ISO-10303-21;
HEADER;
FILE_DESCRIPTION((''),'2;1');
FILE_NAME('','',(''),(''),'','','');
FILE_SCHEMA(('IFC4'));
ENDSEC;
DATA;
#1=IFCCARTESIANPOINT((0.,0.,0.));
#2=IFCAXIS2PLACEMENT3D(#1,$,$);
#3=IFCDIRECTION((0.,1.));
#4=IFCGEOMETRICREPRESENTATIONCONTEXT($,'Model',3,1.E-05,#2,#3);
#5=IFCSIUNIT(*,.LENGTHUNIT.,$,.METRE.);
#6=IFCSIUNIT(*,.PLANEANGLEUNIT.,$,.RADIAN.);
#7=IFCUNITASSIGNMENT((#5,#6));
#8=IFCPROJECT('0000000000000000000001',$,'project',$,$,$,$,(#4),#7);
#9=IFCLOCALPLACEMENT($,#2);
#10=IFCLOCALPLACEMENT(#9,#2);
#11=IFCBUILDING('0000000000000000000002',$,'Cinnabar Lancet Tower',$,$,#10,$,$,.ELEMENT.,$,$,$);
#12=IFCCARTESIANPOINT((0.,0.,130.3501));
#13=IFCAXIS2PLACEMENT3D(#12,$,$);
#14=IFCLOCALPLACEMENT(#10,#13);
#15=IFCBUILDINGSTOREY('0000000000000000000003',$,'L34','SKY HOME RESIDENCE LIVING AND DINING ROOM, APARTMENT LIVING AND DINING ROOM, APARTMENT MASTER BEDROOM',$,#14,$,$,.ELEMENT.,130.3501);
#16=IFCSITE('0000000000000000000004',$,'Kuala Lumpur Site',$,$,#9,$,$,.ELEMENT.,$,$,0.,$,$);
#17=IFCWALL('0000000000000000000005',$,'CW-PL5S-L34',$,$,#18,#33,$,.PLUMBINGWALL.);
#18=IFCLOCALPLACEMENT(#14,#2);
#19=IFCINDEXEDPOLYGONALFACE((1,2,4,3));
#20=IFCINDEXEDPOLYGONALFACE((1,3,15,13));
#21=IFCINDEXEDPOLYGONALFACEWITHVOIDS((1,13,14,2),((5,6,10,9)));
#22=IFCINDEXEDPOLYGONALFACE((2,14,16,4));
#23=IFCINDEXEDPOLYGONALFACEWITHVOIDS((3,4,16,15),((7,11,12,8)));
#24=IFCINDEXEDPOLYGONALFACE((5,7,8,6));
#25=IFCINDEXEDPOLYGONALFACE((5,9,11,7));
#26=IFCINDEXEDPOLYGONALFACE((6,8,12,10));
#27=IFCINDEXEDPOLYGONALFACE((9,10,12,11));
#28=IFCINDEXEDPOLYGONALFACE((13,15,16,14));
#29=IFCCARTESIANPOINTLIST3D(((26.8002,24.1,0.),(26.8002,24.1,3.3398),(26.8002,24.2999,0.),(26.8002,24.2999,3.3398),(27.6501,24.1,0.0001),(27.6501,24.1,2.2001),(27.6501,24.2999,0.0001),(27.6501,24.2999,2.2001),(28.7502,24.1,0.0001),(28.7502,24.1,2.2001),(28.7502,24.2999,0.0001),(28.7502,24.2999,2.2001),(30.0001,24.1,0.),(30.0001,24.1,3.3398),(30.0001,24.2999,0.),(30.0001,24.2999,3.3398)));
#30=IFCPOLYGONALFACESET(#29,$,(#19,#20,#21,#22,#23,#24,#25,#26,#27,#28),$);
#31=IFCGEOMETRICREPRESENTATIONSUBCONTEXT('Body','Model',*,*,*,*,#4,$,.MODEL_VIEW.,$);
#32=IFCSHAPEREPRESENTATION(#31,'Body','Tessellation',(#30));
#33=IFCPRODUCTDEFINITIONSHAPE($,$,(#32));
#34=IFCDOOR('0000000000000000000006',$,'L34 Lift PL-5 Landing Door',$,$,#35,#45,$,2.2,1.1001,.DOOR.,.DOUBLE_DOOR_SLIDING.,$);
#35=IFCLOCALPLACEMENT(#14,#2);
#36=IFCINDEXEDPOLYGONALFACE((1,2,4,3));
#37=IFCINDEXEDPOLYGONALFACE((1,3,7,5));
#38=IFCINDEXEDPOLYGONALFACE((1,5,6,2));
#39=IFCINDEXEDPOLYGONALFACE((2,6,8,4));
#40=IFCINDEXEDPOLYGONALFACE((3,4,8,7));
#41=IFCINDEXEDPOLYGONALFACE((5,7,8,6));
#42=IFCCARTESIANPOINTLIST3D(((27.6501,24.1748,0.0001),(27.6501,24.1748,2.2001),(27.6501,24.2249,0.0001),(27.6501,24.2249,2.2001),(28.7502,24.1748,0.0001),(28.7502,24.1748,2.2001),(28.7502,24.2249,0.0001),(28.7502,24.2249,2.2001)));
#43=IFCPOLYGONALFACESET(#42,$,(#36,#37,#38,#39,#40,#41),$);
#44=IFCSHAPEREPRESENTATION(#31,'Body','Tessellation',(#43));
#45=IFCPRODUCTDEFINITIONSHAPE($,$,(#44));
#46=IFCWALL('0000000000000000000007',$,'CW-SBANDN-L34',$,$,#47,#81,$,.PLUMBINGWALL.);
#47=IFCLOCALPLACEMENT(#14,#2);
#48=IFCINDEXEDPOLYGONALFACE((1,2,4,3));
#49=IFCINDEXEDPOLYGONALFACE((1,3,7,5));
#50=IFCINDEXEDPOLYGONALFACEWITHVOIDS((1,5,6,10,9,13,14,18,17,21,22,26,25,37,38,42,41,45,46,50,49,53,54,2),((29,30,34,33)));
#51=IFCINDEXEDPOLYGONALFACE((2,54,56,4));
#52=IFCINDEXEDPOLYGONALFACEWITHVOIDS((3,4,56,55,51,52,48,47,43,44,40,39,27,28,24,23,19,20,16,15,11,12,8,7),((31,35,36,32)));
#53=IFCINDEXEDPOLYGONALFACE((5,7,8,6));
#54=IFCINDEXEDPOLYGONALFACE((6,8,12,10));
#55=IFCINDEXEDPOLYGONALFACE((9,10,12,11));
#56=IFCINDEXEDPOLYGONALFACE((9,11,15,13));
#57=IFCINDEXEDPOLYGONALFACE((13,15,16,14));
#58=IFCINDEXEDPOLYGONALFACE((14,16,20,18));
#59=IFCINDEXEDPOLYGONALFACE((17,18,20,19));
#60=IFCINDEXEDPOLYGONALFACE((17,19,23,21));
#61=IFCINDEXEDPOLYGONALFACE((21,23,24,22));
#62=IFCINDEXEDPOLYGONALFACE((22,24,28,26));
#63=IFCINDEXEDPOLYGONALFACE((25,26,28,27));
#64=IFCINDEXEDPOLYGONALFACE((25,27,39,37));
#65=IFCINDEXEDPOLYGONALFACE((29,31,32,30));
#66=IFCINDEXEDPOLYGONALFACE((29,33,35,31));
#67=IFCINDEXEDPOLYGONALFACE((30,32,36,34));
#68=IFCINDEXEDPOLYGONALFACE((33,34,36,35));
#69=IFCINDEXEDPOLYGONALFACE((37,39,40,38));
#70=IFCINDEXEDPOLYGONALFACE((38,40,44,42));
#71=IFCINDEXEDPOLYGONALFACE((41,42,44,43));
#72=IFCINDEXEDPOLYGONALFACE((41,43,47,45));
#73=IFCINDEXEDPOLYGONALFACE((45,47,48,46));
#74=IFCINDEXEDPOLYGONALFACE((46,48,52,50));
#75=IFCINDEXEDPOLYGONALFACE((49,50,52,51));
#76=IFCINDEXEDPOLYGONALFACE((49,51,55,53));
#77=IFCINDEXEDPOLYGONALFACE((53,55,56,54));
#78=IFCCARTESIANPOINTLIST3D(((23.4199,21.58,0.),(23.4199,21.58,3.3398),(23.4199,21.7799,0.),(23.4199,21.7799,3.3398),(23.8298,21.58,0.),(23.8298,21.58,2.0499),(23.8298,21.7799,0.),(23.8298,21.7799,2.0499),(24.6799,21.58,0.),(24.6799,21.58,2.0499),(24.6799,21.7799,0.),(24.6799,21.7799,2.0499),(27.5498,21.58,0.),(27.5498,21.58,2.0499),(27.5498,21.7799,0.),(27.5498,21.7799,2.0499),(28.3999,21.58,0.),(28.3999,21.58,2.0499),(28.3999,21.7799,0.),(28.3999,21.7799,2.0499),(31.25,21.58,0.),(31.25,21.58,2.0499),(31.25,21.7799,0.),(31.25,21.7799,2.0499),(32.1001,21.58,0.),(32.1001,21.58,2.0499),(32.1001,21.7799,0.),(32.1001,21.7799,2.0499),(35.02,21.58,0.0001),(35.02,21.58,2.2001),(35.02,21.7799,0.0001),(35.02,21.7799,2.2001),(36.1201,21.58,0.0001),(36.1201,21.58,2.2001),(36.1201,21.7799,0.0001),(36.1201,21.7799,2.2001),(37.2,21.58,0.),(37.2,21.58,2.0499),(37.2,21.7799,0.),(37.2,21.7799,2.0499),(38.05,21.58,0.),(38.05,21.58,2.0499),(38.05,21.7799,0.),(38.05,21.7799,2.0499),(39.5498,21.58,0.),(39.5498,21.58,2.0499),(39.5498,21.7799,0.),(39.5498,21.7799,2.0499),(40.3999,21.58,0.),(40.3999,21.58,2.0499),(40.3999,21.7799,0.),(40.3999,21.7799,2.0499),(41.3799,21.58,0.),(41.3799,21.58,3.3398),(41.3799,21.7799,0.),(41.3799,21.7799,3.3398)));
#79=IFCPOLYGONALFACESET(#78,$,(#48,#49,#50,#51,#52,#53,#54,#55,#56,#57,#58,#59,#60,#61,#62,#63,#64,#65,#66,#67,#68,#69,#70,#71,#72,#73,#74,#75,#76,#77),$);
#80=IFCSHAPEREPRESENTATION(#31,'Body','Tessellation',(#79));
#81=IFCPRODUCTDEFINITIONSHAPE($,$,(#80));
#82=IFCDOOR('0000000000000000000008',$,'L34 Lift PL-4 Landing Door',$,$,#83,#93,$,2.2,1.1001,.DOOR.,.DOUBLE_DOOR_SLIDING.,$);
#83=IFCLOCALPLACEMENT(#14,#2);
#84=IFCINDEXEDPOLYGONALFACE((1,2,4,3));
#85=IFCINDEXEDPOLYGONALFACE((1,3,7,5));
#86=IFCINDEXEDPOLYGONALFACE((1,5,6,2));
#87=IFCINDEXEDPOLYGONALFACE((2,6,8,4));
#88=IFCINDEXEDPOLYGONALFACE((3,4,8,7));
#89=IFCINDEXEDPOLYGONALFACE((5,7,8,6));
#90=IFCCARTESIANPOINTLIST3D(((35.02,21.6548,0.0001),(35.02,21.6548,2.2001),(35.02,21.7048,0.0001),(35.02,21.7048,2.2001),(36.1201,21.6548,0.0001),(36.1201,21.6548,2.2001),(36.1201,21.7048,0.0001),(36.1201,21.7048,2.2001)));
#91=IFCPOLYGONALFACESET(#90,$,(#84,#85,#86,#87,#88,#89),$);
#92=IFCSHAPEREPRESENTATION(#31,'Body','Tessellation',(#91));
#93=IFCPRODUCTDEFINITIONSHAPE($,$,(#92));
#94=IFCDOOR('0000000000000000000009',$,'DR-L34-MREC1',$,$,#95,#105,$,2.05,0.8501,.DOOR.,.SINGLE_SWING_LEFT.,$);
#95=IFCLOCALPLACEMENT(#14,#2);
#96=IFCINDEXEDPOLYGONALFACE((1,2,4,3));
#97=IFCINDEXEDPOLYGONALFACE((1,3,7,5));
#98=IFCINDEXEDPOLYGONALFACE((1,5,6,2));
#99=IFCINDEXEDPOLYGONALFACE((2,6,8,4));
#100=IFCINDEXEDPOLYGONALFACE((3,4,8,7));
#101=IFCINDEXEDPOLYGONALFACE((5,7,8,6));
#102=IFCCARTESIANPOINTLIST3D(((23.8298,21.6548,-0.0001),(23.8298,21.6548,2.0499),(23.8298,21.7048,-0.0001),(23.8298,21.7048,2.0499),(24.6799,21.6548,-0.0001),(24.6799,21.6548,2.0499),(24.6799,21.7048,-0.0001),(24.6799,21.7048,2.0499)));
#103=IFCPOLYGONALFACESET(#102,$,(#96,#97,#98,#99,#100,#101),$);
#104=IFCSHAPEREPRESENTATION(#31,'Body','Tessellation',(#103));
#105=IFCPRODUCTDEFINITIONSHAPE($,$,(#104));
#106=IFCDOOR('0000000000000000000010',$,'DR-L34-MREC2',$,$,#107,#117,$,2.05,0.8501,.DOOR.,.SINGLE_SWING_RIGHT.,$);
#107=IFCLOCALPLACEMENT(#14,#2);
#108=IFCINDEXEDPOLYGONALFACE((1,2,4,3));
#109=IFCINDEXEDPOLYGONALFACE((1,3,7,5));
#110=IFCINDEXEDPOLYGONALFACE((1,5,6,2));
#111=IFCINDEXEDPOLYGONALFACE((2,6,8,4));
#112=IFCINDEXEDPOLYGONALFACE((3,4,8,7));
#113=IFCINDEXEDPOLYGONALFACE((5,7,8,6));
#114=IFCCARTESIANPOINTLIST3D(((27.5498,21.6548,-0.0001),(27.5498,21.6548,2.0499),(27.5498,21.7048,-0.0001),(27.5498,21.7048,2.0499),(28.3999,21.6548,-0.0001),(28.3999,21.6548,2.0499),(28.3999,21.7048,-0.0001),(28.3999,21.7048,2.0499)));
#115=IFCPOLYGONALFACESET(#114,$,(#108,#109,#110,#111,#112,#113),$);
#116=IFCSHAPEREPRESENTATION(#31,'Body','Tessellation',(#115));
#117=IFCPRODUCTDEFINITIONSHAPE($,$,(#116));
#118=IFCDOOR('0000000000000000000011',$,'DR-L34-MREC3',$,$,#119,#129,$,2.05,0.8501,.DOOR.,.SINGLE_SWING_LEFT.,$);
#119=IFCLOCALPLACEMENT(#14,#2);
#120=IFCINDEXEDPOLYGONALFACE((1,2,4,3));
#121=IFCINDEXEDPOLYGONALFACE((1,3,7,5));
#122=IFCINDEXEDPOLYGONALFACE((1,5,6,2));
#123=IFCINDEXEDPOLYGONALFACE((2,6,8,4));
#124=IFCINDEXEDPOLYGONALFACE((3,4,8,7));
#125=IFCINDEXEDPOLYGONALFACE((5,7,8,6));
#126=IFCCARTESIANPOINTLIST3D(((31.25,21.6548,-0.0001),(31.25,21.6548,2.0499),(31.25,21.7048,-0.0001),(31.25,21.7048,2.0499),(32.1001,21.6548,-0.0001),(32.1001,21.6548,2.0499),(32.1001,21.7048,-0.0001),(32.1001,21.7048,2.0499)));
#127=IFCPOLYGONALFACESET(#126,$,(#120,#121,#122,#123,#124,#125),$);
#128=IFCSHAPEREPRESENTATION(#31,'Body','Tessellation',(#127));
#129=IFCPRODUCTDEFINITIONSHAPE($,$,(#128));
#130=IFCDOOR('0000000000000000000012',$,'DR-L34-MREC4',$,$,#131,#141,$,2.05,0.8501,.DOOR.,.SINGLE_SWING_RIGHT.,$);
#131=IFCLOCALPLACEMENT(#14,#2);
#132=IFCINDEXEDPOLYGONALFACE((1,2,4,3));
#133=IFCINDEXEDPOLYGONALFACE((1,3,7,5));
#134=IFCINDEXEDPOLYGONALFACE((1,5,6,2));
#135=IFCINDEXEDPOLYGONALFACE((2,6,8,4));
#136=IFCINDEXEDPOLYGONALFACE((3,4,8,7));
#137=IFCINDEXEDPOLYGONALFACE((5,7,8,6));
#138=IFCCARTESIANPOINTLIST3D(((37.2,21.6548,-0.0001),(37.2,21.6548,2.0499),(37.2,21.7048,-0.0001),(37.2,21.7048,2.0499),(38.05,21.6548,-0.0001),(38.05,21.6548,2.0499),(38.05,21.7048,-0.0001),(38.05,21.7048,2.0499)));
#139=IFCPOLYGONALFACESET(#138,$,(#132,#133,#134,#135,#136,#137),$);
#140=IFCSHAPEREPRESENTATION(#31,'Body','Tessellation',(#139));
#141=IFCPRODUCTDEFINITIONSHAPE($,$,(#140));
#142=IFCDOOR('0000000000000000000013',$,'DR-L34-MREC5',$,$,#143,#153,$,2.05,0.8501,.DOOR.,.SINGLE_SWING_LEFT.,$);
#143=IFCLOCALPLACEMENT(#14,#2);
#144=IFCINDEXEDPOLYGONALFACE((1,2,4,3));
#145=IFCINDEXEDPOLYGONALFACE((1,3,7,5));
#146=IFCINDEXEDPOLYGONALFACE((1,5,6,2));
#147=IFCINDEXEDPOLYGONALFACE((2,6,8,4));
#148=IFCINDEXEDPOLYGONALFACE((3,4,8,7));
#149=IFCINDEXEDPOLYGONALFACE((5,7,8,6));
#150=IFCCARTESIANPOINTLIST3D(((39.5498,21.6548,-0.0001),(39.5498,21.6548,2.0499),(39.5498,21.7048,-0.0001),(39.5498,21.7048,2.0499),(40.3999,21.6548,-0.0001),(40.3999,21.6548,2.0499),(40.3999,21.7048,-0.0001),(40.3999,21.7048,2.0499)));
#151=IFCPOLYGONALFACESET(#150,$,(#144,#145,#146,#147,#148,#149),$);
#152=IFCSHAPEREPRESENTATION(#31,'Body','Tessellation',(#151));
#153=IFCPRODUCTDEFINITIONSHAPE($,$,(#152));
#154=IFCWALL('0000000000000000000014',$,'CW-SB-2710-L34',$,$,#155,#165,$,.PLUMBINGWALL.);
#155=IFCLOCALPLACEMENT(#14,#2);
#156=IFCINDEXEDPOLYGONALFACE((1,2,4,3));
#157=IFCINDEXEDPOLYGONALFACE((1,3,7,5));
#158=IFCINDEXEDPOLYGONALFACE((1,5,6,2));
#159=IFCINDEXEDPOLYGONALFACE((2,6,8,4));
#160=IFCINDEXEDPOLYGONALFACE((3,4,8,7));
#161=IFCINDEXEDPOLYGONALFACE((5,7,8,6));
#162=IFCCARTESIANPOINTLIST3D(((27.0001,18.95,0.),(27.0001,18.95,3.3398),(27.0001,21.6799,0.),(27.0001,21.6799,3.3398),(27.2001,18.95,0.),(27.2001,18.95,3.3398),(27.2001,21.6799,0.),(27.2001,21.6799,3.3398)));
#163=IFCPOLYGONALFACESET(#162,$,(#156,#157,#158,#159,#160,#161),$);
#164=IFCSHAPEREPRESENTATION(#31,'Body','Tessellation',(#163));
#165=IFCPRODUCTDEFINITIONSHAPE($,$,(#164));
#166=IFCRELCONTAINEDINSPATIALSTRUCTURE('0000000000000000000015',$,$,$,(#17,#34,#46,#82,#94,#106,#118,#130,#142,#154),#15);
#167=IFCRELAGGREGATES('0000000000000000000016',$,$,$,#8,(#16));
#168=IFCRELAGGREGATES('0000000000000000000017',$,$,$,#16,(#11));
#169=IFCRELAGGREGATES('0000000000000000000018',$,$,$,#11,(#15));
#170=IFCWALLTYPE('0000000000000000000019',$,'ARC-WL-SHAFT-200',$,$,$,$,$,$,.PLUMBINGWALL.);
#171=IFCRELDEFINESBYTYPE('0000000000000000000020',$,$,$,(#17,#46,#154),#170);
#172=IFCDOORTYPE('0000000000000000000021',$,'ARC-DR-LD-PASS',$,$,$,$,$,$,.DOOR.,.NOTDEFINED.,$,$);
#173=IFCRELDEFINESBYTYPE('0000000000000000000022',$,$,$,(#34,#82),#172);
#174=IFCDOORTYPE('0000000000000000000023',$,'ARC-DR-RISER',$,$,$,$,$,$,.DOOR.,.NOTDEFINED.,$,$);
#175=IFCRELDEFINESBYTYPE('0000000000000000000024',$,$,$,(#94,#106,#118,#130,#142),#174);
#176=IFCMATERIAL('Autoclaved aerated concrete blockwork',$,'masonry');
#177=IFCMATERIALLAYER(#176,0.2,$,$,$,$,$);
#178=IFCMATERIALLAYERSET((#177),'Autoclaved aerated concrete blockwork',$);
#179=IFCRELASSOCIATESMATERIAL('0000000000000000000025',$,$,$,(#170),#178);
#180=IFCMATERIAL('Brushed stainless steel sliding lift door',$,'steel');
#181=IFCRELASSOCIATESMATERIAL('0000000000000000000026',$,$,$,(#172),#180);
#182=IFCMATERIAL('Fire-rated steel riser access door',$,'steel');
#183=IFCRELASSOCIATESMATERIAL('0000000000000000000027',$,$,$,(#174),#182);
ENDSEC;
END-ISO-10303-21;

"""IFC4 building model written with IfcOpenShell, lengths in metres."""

from ifc_helpers import new_model, si_unit, direction, frame, frame_2d, origin, place, context, subcontext, project, spatial, rectangle, extrude, material, layer, layer_set, type_object, element, fill, save


model = new_model("IFC4")

# Units and contexts
model_context = context("Model", 3, precision=1e-05, world=origin(), true_north=direction((0.0, 1.0)))
body_context = subcontext(model_context, "Body", "Model", "MODEL_VIEW")
ifc_project = project(units=[si_unit("LENGTHUNIT", "METRE"), si_unit("PLANEANGLEUNIT", "RADIAN")], contexts=[model_context])

# Site, building, storey
site_placement = place(None, origin())
site = spatial("IfcSite", under=ifc_project, at=site_placement, Name="Kuala Lumpur Site", CompositionType="ELEMENT", RefElevation=0.0)
building_placement = place(site_placement, origin())
building = spatial("IfcBuilding", under=site, at=building_placement, Name="Cinnabar Lancet Tower", CompositionType="ELEMENT")
storey_placement = place(building_placement, frame((0.0, 0.0, 130.3501)))
storey = spatial("IfcBuildingStorey", under=building, at=storey_placement, Name="L34", Description="SKY HOME RESIDENCE LIVING AND DINING ROOM, APARTMENT LIVING AND DINING ROOM, APARTMENT MASTER BEDROOM", CompositionType="ELEMENT", Elevation=130.3501)

# Shared definitions
ifc_material_1 = material(Name="Autoclaved aerated concrete blockwork", Category="masonry")
ifc_layer_1 = layer(ifc_material_1, 0.2)
ifc_layer_set_1 = layer_set([ifc_layer_1], Name="Autoclaved aerated concrete blockwork")
wall_type_1 = type_object("IfcWallType", Name="ARC-WL-SHAFT-200", PredefinedType="PLUMBINGWALL", material=ifc_layer_set_1)

# Wall, opening, door
wall_1_placement = place(storey_placement, frame((26.8, 24.2, 0.0), z_axis=(0.0, 0.0, 1.0), x_axis=(1.0, 0.0, 0.0)))
wall_1 = element("IfcWall", 1, at=wall_1_placement, inside=storey, type_object=wall_type_1, Name="CW-PL5S-L34", PredefinedType="PLUMBINGWALL", context=body_context, shape_type="SweptSolid", body=[
    extrude(rectangle(XDim=3.2, YDim=0.2, at=frame_2d((1.6001, 0.0))), origin(), (0.0, 0.0, 1.0), 3.3398),
])
opening_1_placement = place(wall_1_placement, frame((0.8501, 0.0, 0.0)))
opening_1 = element("IfcOpeningElement", 2, at=opening_1_placement, cuts=wall_1, PredefinedType="OPENING", context=body_context, shape_type="SweptSolid", body=[
    extrude(rectangle(XDim=1.1001, YDim=2.2, at=frame_2d((0.55, 1.1001))), frame((0.0, 0.1099, 0.0), z_axis=(0.0, -1.0, 0.0), x_axis=(1.0, 0.0, 0.0)), (0.0, 0.0, 1.0), 0.22),
])
ifc_material_2 = material(Name="Brushed stainless steel sliding lift door", Category="steel")
door_type_1 = type_object("IfcDoorType", Name="ARC-DR-LD-PASS", OperationType="NOTDEFINED", PredefinedType="DOOR", material=ifc_material_2)
door_1_placement = place(opening_1_placement, origin())
door_1 = element("IfcDoor", 3, at=door_1_placement, inside=storey, type_object=door_type_1, Name="L34 Lift PL-5 Landing Door", OperationType="DOUBLE_DOOR_SLIDING", OverallHeight=2.2, OverallWidth=1.1001, PredefinedType="DOOR", context=body_context, shape_type="SweptSolid", body=[
    extrude(rectangle(XDim=1.1001, YDim=2.2, at=frame_2d((0.55, 1.1001))), frame((0.0, 0.0249, 0.0), z_axis=(0.0, -1.0, 0.0), x_axis=(1.0, 0.0, 0.0)), (0.0, 0.0, 1.0), 0.05),
])
fill(opening_1, door_1)

# Wall, openings, doors
wall_2_placement = place(storey_placement, frame((23.4199, 21.6799, 0.0), z_axis=(0.0, 0.0, 1.0), x_axis=(1.0, 0.0, 0.0)))
wall_2 = element("IfcWall", 4, at=wall_2_placement, inside=storey, type_object=wall_type_1, Name="CW-SBANDN-L34", PredefinedType="PLUMBINGWALL", context=body_context, shape_type="SweptSolid", body=[
    extrude(rectangle(XDim=17.96, YDim=0.2, at=frame_2d((8.98, 0.0))), origin(), (0.0, 0.0, 1.0), 3.3398),
])
opening_2_placement = place(wall_2_placement, frame((11.6001, 0.0, 0.0)))
opening_2 = element("IfcOpeningElement", 5, at=opening_2_placement, cuts=wall_2, PredefinedType="OPENING", context=body_context, shape_type="SweptSolid", body=[
    extrude(rectangle(XDim=1.1001, YDim=2.2, at=frame_2d((0.55, 1.1001))), frame((0.0, 0.1099, 0.0), z_axis=(0.0, -1.0, 0.0), x_axis=(1.0, 0.0, 0.0)), (0.0, 0.0, 1.0), 0.22),
])
opening_3_placement = place(wall_2_placement, frame((0.4099, 0.0, 0.0)))
opening_3 = element("IfcOpeningElement", 6, at=opening_3_placement, cuts=wall_2, PredefinedType="OPENING", context=body_context, shape_type="SweptSolid", body=[
    extrude(rectangle(XDim=0.8501, YDim=2.05, at=frame_2d((0.425, 1.0249))), frame((0.0, 0.1099, 0.0), z_axis=(0.0, -1.0, 0.0), x_axis=(1.0, 0.0, 0.0)), (0.0, 0.0, 1.0), 0.22),
])
opening_4_placement = place(wall_2_placement, frame((4.1299, 0.0, 0.0)))
opening_4 = element("IfcOpeningElement", 7, at=opening_4_placement, cuts=wall_2, PredefinedType="OPENING", context=body_context, shape_type="SweptSolid", body=[
    extrude(rectangle(XDim=0.8501, YDim=2.05, at=frame_2d((0.425, 1.0249))), frame((0.0, 0.1099, 0.0), z_axis=(0.0, -1.0, 0.0), x_axis=(1.0, 0.0, 0.0)), (0.0, 0.0, 1.0), 0.22),
])
opening_5_placement = place(wall_2_placement, frame((7.8301, 0.0, 0.0)))
opening_5 = element("IfcOpeningElement", 8, at=opening_5_placement, cuts=wall_2, PredefinedType="OPENING", context=body_context, shape_type="SweptSolid", body=[
    extrude(rectangle(XDim=0.8501, YDim=2.05, at=frame_2d((0.425, 1.0249))), frame((0.0, 0.1099, 0.0), z_axis=(0.0, -1.0, 0.0), x_axis=(1.0, 0.0, 0.0)), (0.0, 0.0, 1.0), 0.22),
])
opening_6_placement = place(wall_2_placement, frame((13.78, 0.0, 0.0)))
opening_6 = element("IfcOpeningElement", 9, at=opening_6_placement, cuts=wall_2, PredefinedType="OPENING", context=body_context, shape_type="SweptSolid", body=[
    extrude(rectangle(XDim=0.8501, YDim=2.05, at=frame_2d((0.425, 1.0249))), frame((0.0, 0.1099, 0.0), z_axis=(0.0, -1.0, 0.0), x_axis=(1.0, 0.0, 0.0)), (0.0, 0.0, 1.0), 0.22),
])
opening_7_placement = place(wall_2_placement, frame((16.1299, 0.0, 0.0)))
opening_7 = element("IfcOpeningElement", 10, at=opening_7_placement, cuts=wall_2, PredefinedType="OPENING", context=body_context, shape_type="SweptSolid", body=[
    extrude(rectangle(XDim=0.8501, YDim=2.05, at=frame_2d((0.425, 1.0249))), frame((0.0, 0.1099, 0.0), z_axis=(0.0, -1.0, 0.0), x_axis=(1.0, 0.0, 0.0)), (0.0, 0.0, 1.0), 0.22),
])
door_2_placement = place(opening_2_placement, origin())
door_2 = element("IfcDoor", 11, at=door_2_placement, inside=storey, type_object=door_type_1, Name="L34 Lift PL-4 Landing Door", OperationType="DOUBLE_DOOR_SLIDING", OverallHeight=2.2, OverallWidth=1.1001, PredefinedType="DOOR", context=body_context, shape_type="SweptSolid", body=[
    extrude(rectangle(XDim=1.1001, YDim=2.2, at=frame_2d((0.55, 1.1001))), frame((0.0, 0.0249, 0.0), z_axis=(0.0, -1.0, 0.0), x_axis=(1.0, 0.0, 0.0)), (0.0, 0.0, 1.0), 0.05),
])
fill(opening_2, door_2)
ifc_material_3 = material(Name="Fire-rated steel riser access door", Category="steel")
door_type_2 = type_object("IfcDoorType", Name="ARC-DR-RISER", OperationType="NOTDEFINED", PredefinedType="DOOR", material=ifc_material_3)
door_3_placement = place(opening_3_placement, origin())
door_3 = element("IfcDoor", 12, at=door_3_placement, inside=storey, type_object=door_type_2, Name="DR-L34-MREC1", OperationType="SINGLE_SWING_LEFT", OverallHeight=2.05, OverallWidth=0.8501, PredefinedType="DOOR", context=body_context, shape_type="SweptSolid", body=[
    extrude(rectangle(XDim=0.8501, YDim=2.05, at=frame_2d((0.425, 1.0249))), frame((0.0, 0.0249, 0.0), z_axis=(0.0, -1.0, 0.0), x_axis=(1.0, 0.0, 0.0)), (0.0, 0.0, 1.0), 0.05),
])
fill(opening_3, door_3)
door_4_placement = place(opening_4_placement, origin())
door_4 = element("IfcDoor", 13, at=door_4_placement, inside=storey, type_object=door_type_2, Name="DR-L34-MREC2", OperationType="SINGLE_SWING_RIGHT", OverallHeight=2.05, OverallWidth=0.8501, PredefinedType="DOOR", context=body_context, shape_type="SweptSolid", body=[
    extrude(rectangle(XDim=0.8501, YDim=2.05, at=frame_2d((0.425, 1.0249))), frame((0.0, 0.0249, 0.0), z_axis=(0.0, -1.0, 0.0), x_axis=(1.0, 0.0, 0.0)), (0.0, 0.0, 1.0), 0.05),
])
fill(opening_4, door_4)
door_5_placement = place(opening_5_placement, origin())
door_5 = element("IfcDoor", 14, at=door_5_placement, inside=storey, type_object=door_type_2, Name="DR-L34-MREC3", OperationType="SINGLE_SWING_LEFT", OverallHeight=2.05, OverallWidth=0.8501, PredefinedType="DOOR", context=body_context, shape_type="SweptSolid", body=[
    extrude(rectangle(XDim=0.8501, YDim=2.05, at=frame_2d((0.425, 1.0249))), frame((0.0, 0.0249, 0.0), z_axis=(0.0, -1.0, 0.0), x_axis=(1.0, 0.0, 0.0)), (0.0, 0.0, 1.0), 0.05),
])
fill(opening_5, door_5)
door_6_placement = place(opening_6_placement, origin())
door_6 = element("IfcDoor", 15, at=door_6_placement, inside=storey, type_object=door_type_2, Name="DR-L34-MREC4", OperationType="SINGLE_SWING_RIGHT", OverallHeight=2.05, OverallWidth=0.8501, PredefinedType="DOOR", context=body_context, shape_type="SweptSolid", body=[
    extrude(rectangle(XDim=0.8501, YDim=2.05, at=frame_2d((0.425, 1.0249))), frame((0.0, 0.0249, 0.0), z_axis=(0.0, -1.0, 0.0), x_axis=(1.0, 0.0, 0.0)), (0.0, 0.0, 1.0), 0.05),
])
fill(opening_6, door_6)
door_7_placement = place(opening_7_placement, origin())
door_7 = element("IfcDoor", 16, at=door_7_placement, inside=storey, type_object=door_type_2, Name="DR-L34-MREC5", OperationType="SINGLE_SWING_LEFT", OverallHeight=2.05, OverallWidth=0.8501, PredefinedType="DOOR", context=body_context, shape_type="SweptSolid", body=[
    extrude(rectangle(XDim=0.8501, YDim=2.05, at=frame_2d((0.425, 1.0249))), frame((0.0, 0.0249, 0.0), z_axis=(0.0, -1.0, 0.0), x_axis=(1.0, 0.0, 0.0)), (0.0, 0.0, 1.0), 0.05),
])
fill(opening_7, door_7)

# Wall
wall_3_placement = place(storey_placement, frame((27.1001, 18.95, 0.0), z_axis=(0.0, 0.0, 1.0), x_axis=(0.0, 1.0, 0.0)))
element("IfcWall", 17, at=wall_3_placement, inside=storey, type_object=wall_type_1, Name="CW-SB-2710-L34", PredefinedType="PLUMBINGWALL", context=body_context, shape_type="SweptSolid", body=[
    extrude(rectangle(XDim=2.73, YDim=0.2, at=frame_2d((1.365, 0.0))), origin(), (0.0, 0.0, 1.0), 3.3398),
])

save(model, "model.ifc")
